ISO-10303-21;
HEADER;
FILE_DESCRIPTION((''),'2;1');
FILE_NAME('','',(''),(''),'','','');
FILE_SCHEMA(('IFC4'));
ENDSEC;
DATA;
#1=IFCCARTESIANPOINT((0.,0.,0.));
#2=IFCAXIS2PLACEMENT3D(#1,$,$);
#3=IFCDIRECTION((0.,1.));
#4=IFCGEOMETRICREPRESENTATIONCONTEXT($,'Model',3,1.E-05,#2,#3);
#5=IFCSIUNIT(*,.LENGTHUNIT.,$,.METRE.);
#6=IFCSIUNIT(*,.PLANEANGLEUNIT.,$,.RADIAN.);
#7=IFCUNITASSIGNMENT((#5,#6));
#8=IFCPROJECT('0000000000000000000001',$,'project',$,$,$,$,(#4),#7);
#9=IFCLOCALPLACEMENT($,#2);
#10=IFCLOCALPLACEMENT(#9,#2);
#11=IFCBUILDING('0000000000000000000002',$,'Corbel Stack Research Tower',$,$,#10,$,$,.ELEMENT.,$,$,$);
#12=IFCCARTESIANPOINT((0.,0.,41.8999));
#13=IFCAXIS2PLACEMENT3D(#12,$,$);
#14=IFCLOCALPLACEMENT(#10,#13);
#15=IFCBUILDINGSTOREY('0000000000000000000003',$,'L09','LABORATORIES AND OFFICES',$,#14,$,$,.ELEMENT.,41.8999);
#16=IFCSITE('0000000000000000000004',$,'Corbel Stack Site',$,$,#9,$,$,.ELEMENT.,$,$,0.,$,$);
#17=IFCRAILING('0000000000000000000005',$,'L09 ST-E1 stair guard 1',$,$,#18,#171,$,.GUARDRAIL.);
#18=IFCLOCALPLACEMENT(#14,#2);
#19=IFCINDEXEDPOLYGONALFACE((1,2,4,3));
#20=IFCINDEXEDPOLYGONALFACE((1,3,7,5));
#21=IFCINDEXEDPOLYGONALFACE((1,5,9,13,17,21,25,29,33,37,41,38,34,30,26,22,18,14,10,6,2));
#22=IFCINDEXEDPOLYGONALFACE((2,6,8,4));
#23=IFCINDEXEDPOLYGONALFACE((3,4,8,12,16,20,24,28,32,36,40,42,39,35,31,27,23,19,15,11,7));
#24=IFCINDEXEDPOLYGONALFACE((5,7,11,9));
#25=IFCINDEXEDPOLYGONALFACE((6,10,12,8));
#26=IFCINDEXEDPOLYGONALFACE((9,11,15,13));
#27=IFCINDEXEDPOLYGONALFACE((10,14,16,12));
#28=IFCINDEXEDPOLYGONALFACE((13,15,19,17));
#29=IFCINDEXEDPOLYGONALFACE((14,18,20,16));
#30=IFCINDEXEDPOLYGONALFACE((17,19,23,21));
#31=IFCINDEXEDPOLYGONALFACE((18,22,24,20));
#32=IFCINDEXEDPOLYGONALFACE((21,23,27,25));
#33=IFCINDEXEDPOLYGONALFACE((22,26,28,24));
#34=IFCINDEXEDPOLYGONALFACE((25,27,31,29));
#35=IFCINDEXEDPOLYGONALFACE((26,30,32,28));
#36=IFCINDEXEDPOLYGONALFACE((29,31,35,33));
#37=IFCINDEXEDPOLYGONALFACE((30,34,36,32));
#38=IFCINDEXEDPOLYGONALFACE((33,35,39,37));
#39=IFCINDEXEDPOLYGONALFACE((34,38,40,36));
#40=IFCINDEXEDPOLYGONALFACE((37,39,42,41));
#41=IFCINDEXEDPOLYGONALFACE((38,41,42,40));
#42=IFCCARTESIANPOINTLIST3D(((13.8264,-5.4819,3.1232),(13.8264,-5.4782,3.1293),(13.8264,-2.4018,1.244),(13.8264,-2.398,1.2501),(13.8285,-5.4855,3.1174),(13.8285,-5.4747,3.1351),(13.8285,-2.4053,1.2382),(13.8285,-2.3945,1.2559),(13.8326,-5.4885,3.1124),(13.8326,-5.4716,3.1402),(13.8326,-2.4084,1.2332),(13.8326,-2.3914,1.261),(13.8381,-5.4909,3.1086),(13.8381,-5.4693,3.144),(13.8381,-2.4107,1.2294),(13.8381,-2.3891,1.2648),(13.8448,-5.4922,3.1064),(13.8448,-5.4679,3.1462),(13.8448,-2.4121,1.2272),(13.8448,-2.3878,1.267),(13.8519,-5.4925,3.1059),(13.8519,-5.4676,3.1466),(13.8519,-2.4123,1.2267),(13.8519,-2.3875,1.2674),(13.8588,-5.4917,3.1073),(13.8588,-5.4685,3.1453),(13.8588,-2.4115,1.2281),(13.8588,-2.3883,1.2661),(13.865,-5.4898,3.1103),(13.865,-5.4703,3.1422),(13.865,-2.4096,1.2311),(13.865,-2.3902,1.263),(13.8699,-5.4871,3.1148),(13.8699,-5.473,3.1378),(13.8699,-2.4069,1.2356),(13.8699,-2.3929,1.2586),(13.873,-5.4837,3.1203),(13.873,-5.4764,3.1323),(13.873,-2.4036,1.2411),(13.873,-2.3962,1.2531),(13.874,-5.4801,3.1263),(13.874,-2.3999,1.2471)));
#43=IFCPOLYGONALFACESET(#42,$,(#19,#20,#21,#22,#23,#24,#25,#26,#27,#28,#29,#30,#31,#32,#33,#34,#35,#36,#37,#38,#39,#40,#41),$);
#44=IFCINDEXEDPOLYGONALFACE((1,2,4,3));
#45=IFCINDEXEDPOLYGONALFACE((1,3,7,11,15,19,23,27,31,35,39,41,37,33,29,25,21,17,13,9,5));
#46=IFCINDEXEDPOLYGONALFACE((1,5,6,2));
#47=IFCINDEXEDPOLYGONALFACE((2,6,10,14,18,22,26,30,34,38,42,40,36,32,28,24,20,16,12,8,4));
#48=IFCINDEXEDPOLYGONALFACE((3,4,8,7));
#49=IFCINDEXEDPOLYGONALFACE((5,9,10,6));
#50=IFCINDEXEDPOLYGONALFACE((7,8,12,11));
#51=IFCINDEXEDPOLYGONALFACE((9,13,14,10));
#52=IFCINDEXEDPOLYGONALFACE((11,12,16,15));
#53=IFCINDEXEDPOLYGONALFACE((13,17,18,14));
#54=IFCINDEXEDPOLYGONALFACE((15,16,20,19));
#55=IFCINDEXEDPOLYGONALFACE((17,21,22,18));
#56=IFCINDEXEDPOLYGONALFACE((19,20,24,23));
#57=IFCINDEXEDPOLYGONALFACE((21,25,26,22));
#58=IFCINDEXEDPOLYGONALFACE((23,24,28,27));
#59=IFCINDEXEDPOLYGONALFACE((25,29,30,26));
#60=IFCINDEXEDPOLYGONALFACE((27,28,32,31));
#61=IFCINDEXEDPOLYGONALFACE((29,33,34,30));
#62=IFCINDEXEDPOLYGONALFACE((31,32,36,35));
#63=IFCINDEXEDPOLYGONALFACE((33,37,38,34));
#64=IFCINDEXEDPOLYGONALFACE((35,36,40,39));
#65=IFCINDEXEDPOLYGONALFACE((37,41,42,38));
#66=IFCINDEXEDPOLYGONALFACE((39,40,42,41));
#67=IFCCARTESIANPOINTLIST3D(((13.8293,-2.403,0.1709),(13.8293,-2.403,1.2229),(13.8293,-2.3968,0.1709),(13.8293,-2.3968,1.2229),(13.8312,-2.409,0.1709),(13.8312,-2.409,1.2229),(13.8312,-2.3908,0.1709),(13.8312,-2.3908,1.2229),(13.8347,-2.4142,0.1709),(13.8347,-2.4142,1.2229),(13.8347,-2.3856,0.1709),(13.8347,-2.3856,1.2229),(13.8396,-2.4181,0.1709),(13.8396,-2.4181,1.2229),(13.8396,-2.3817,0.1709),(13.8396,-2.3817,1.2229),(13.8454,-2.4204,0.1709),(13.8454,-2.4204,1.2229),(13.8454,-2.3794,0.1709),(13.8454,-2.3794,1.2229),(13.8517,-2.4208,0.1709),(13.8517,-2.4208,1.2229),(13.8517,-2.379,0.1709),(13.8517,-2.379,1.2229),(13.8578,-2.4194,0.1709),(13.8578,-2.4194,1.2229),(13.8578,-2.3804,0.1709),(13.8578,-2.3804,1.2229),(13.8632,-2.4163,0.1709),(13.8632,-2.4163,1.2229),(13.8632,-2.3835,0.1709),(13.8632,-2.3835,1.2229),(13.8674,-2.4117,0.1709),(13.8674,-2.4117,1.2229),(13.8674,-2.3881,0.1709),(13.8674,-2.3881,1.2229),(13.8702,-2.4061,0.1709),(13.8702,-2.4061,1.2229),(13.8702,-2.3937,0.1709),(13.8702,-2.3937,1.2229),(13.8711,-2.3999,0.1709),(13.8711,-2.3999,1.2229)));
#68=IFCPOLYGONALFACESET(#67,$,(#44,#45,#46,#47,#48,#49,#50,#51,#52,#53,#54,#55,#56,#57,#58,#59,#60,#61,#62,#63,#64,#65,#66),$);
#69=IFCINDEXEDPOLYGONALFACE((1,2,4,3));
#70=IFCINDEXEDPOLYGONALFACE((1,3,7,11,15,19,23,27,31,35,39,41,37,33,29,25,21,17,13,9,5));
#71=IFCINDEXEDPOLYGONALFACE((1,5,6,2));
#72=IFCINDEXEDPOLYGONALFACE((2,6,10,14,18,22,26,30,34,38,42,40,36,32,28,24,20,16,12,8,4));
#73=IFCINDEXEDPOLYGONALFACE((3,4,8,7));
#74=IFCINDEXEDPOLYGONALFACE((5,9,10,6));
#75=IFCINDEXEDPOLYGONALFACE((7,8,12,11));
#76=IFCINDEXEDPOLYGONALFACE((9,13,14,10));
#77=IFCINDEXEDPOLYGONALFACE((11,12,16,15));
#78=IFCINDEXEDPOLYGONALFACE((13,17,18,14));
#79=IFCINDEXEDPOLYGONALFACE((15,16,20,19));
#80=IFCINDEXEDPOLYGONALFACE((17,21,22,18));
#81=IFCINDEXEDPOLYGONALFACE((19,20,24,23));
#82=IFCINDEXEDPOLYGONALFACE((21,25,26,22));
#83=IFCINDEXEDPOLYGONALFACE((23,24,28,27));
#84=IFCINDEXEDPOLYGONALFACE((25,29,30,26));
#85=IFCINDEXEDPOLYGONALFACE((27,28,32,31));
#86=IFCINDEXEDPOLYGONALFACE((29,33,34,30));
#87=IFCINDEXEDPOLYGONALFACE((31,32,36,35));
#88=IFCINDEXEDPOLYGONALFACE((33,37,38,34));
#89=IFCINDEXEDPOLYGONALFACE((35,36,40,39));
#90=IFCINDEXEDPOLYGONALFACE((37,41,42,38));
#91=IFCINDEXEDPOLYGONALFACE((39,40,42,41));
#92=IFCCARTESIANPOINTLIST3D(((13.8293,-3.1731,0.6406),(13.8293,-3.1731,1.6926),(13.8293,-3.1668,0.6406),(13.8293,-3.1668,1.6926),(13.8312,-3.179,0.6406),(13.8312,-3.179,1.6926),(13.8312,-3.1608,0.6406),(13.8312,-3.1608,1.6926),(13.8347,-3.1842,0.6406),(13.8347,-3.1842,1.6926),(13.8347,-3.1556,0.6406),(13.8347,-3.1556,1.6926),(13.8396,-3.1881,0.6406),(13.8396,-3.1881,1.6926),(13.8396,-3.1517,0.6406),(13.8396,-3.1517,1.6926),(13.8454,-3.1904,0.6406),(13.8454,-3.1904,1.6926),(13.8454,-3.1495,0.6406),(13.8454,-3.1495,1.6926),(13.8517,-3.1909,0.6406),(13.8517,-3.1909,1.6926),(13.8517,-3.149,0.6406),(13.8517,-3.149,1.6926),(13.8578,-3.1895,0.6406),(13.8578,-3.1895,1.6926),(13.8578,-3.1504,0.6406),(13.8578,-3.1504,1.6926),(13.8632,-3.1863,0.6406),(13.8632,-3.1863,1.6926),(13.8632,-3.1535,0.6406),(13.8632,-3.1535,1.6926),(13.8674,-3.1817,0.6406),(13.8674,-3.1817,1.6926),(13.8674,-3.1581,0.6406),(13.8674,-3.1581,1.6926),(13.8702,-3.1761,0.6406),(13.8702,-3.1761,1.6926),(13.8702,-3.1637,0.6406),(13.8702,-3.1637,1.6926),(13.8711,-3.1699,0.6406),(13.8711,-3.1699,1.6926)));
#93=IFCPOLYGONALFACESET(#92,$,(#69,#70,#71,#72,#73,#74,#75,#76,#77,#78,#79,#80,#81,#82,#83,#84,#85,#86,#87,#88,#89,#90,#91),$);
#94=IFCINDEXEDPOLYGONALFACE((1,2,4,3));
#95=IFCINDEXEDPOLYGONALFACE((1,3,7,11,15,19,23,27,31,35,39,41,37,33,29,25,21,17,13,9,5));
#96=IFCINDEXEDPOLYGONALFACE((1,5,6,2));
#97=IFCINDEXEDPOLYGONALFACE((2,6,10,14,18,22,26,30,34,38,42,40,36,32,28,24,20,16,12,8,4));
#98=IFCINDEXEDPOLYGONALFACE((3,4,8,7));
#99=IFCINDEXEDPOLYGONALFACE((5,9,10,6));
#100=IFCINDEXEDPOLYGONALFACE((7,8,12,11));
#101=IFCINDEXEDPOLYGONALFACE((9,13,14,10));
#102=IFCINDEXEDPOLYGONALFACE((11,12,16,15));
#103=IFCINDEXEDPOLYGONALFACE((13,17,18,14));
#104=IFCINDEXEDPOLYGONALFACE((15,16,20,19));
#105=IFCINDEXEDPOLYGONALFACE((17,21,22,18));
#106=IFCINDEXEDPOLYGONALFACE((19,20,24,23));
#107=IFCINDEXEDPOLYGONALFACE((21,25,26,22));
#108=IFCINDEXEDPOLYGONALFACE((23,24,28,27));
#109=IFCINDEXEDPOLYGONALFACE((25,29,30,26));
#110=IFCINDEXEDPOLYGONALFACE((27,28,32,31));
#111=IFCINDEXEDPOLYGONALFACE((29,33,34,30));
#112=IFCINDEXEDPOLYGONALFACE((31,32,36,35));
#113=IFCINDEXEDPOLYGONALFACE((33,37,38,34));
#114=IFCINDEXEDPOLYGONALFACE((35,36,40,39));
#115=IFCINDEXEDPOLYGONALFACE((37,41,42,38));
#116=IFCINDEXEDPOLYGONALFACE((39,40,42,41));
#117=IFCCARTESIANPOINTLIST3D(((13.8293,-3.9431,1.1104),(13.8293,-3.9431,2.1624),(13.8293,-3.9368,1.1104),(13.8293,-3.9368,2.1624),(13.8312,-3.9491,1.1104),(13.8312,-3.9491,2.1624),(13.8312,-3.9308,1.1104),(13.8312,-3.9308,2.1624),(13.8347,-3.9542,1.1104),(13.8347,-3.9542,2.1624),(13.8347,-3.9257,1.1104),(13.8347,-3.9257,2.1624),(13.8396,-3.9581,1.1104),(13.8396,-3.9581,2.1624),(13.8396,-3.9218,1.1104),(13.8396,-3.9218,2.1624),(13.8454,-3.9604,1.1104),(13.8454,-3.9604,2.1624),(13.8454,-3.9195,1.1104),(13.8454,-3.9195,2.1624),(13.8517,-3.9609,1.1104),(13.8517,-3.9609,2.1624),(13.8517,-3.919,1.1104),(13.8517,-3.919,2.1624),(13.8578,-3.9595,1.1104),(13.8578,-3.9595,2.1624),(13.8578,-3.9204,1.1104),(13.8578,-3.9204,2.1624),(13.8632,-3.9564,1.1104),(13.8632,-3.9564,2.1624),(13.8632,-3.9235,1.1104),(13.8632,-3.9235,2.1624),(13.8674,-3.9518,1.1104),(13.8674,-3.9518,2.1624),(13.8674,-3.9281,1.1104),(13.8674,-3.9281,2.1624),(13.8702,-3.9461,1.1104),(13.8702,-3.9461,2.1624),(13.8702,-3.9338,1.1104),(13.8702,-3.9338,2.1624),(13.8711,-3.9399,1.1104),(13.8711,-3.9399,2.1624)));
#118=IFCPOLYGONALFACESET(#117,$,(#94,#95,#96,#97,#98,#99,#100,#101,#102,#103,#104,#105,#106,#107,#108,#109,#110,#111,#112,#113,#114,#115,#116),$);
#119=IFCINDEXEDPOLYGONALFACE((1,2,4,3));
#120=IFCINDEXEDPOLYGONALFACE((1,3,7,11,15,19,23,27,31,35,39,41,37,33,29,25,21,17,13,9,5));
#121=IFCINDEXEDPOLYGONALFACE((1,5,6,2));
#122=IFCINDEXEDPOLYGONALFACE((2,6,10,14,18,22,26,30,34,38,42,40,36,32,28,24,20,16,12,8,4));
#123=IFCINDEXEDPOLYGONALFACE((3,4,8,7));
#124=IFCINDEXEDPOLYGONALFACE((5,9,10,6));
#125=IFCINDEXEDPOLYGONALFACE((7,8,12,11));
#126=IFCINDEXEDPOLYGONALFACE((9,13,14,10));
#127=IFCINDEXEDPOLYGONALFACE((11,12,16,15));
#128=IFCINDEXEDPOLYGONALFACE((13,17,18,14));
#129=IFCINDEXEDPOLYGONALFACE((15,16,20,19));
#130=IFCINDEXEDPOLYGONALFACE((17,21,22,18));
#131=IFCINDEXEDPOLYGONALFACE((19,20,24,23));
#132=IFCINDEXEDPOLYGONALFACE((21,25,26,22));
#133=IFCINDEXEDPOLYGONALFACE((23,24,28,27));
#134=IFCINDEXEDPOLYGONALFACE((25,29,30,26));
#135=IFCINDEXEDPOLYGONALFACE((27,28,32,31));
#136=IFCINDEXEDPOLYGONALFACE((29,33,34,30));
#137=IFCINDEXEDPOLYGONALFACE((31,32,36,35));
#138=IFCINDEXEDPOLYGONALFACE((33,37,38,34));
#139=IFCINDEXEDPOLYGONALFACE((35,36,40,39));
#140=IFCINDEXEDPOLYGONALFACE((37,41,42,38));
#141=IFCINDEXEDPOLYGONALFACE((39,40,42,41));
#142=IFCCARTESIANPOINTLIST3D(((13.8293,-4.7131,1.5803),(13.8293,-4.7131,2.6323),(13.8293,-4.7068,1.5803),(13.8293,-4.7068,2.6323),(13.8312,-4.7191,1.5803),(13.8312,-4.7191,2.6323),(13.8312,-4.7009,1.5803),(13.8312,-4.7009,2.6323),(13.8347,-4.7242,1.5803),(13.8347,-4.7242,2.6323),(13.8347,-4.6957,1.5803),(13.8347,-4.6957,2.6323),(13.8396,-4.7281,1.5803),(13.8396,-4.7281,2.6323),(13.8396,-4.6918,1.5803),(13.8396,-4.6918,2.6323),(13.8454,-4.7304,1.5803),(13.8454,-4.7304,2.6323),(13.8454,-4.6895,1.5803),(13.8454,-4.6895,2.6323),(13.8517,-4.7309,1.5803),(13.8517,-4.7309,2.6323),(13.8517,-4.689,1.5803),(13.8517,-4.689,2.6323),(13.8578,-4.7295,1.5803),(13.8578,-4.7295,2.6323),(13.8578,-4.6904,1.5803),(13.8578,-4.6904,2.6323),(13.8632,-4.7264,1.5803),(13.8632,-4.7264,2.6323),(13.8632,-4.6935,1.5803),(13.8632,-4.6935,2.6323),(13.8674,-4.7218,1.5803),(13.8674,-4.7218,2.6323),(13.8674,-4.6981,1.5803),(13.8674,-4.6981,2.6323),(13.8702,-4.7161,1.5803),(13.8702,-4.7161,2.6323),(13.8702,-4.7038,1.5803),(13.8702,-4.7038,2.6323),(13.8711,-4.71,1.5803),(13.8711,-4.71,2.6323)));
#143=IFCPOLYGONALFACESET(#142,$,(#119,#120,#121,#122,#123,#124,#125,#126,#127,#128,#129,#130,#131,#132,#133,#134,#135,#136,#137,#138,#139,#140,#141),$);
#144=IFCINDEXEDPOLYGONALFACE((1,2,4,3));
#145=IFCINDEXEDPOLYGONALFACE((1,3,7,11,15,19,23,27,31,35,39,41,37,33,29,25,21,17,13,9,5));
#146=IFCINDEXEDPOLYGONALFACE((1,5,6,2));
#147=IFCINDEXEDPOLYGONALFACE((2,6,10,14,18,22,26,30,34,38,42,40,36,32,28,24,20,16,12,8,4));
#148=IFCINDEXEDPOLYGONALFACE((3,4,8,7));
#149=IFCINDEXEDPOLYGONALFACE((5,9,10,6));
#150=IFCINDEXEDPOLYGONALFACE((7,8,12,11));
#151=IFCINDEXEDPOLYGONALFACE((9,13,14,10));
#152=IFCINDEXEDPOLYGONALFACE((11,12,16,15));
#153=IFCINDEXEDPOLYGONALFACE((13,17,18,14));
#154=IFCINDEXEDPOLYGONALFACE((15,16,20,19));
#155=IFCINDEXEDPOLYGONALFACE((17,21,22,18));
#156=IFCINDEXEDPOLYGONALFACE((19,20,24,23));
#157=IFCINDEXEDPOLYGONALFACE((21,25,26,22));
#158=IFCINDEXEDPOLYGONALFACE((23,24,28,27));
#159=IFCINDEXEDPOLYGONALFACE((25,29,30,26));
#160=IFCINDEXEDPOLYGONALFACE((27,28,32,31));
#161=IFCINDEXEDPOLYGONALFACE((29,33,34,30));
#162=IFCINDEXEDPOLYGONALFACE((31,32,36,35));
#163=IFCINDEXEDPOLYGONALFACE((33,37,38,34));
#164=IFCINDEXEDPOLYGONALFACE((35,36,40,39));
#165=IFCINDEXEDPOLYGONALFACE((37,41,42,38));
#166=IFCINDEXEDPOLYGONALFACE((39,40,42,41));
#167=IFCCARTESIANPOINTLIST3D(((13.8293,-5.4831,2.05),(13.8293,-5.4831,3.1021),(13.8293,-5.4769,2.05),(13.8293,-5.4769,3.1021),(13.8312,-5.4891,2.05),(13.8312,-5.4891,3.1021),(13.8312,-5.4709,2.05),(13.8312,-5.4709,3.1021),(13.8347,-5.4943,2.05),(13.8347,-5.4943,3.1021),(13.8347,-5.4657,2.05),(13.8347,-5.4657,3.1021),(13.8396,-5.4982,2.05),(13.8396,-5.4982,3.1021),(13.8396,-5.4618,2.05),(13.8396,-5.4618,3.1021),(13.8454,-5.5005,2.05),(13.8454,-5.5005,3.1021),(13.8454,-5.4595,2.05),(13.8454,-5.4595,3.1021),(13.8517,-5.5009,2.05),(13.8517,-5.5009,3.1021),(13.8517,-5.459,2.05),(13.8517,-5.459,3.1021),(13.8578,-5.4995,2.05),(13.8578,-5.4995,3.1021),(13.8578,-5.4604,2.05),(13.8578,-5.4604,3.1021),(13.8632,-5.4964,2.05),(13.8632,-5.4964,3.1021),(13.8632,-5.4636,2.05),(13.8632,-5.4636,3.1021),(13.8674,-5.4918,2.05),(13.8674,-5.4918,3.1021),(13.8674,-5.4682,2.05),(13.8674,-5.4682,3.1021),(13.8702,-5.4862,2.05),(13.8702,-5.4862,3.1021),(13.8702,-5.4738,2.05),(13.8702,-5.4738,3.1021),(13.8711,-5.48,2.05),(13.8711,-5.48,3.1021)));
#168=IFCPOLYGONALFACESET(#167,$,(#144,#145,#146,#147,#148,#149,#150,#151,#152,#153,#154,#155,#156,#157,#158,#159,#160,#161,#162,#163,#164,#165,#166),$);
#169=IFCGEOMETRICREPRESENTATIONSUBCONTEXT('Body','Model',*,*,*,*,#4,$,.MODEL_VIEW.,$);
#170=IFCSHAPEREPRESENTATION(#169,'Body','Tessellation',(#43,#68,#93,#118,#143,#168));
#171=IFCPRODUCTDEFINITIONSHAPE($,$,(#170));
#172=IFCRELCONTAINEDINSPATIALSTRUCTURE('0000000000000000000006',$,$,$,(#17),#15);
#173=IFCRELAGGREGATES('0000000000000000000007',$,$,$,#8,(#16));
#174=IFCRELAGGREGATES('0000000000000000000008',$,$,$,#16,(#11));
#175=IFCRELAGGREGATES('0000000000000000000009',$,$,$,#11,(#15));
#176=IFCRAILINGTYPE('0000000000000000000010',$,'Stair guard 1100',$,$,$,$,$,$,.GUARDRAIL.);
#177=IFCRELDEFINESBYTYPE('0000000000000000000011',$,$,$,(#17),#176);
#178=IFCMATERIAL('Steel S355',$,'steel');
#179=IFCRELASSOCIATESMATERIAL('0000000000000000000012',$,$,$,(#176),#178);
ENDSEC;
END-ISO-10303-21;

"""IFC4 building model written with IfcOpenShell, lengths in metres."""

from ifc_helpers import new_model, si_unit, direction, frame, origin, origin_2d, place, context, subcontext, project, spatial, circle, extrude, material, type_object, element, save


model = new_model("IFC4")

# Units and contexts
model_context = context("Model", 3, precision=1e-05, world=origin(), true_north=direction((0.0, 1.0)))
body_context = subcontext(model_context, "Body", "Model", "MODEL_VIEW")
ifc_project = project(units=[si_unit("LENGTHUNIT", "METRE"), si_unit("PLANEANGLEUNIT", "RADIAN")], contexts=[model_context])

# Site, building, storey
site_placement = place(None, origin())
site = spatial("IfcSite", under=ifc_project, at=site_placement, Name="Corbel Stack Site", CompositionType="ELEMENT", RefElevation=0.0)
building_placement = place(site_placement, origin())
building = spatial("IfcBuilding", under=site, at=building_placement, Name="Corbel Stack Research Tower", CompositionType="ELEMENT")
storey_placement = place(building_placement, frame((0.0, 0.0, 41.8999)))
storey = spatial("IfcBuildingStorey", under=building, at=storey_placement, Name="L09", Description="LABORATORIES AND OFFICES", CompositionType="ELEMENT", Elevation=41.8999)

# Railing
ifc_material_1 = material(Name="Steel S355", Category="steel")
railing_type_1 = type_object("IfcRailingType", Name="Stair guard 1100", PredefinedType="GUARDRAIL", material=ifc_material_1)
railing_1_placement = place(storey_placement, frame((13.8501, -2.3999, 0.1709)))
element("IfcRailing", 1, at=railing_1_placement, inside=storey, type_object=railing_type_1, Name="L09 ST-E1 stair guard 1", PredefinedType="GUARDRAIL", context=body_context, shape_type="SweptSolid", body=[
    extrude(circle(Radius=0.0239, at=origin_2d()), frame((0.0, 0.0, 1.0762), z_axis=(0.0, -0.853666, 0.52082), x_axis=(1.0, 0.0, 0.0)), (0.0, 0.0, 1.0), 3.6082),
    extrude(circle(Radius=0.021, at=origin_2d()), origin(), (0.0, 0.0, 1.0), 1.052),
    extrude(circle(Radius=0.021, at=origin_2d()), frame((0.0, -0.77, 0.4697)), (0.0, 0.0, 1.0), 1.052),
    extrude(circle(Radius=0.021, at=origin_2d()), frame((0.0, -1.54, 0.9395)), (0.0, 0.0, 1.0), 1.052),
    extrude(circle(Radius=0.021, at=origin_2d()), frame((0.0, -2.3101, 1.4094)), (0.0, 0.0, 1.0), 1.052),
    extrude(circle(Radius=0.021, at=origin_2d()), frame((0.0, -3.0801, 1.8792)), (0.0, 0.0, 1.0), 1.052),
])

save(model, "model.ifc")
